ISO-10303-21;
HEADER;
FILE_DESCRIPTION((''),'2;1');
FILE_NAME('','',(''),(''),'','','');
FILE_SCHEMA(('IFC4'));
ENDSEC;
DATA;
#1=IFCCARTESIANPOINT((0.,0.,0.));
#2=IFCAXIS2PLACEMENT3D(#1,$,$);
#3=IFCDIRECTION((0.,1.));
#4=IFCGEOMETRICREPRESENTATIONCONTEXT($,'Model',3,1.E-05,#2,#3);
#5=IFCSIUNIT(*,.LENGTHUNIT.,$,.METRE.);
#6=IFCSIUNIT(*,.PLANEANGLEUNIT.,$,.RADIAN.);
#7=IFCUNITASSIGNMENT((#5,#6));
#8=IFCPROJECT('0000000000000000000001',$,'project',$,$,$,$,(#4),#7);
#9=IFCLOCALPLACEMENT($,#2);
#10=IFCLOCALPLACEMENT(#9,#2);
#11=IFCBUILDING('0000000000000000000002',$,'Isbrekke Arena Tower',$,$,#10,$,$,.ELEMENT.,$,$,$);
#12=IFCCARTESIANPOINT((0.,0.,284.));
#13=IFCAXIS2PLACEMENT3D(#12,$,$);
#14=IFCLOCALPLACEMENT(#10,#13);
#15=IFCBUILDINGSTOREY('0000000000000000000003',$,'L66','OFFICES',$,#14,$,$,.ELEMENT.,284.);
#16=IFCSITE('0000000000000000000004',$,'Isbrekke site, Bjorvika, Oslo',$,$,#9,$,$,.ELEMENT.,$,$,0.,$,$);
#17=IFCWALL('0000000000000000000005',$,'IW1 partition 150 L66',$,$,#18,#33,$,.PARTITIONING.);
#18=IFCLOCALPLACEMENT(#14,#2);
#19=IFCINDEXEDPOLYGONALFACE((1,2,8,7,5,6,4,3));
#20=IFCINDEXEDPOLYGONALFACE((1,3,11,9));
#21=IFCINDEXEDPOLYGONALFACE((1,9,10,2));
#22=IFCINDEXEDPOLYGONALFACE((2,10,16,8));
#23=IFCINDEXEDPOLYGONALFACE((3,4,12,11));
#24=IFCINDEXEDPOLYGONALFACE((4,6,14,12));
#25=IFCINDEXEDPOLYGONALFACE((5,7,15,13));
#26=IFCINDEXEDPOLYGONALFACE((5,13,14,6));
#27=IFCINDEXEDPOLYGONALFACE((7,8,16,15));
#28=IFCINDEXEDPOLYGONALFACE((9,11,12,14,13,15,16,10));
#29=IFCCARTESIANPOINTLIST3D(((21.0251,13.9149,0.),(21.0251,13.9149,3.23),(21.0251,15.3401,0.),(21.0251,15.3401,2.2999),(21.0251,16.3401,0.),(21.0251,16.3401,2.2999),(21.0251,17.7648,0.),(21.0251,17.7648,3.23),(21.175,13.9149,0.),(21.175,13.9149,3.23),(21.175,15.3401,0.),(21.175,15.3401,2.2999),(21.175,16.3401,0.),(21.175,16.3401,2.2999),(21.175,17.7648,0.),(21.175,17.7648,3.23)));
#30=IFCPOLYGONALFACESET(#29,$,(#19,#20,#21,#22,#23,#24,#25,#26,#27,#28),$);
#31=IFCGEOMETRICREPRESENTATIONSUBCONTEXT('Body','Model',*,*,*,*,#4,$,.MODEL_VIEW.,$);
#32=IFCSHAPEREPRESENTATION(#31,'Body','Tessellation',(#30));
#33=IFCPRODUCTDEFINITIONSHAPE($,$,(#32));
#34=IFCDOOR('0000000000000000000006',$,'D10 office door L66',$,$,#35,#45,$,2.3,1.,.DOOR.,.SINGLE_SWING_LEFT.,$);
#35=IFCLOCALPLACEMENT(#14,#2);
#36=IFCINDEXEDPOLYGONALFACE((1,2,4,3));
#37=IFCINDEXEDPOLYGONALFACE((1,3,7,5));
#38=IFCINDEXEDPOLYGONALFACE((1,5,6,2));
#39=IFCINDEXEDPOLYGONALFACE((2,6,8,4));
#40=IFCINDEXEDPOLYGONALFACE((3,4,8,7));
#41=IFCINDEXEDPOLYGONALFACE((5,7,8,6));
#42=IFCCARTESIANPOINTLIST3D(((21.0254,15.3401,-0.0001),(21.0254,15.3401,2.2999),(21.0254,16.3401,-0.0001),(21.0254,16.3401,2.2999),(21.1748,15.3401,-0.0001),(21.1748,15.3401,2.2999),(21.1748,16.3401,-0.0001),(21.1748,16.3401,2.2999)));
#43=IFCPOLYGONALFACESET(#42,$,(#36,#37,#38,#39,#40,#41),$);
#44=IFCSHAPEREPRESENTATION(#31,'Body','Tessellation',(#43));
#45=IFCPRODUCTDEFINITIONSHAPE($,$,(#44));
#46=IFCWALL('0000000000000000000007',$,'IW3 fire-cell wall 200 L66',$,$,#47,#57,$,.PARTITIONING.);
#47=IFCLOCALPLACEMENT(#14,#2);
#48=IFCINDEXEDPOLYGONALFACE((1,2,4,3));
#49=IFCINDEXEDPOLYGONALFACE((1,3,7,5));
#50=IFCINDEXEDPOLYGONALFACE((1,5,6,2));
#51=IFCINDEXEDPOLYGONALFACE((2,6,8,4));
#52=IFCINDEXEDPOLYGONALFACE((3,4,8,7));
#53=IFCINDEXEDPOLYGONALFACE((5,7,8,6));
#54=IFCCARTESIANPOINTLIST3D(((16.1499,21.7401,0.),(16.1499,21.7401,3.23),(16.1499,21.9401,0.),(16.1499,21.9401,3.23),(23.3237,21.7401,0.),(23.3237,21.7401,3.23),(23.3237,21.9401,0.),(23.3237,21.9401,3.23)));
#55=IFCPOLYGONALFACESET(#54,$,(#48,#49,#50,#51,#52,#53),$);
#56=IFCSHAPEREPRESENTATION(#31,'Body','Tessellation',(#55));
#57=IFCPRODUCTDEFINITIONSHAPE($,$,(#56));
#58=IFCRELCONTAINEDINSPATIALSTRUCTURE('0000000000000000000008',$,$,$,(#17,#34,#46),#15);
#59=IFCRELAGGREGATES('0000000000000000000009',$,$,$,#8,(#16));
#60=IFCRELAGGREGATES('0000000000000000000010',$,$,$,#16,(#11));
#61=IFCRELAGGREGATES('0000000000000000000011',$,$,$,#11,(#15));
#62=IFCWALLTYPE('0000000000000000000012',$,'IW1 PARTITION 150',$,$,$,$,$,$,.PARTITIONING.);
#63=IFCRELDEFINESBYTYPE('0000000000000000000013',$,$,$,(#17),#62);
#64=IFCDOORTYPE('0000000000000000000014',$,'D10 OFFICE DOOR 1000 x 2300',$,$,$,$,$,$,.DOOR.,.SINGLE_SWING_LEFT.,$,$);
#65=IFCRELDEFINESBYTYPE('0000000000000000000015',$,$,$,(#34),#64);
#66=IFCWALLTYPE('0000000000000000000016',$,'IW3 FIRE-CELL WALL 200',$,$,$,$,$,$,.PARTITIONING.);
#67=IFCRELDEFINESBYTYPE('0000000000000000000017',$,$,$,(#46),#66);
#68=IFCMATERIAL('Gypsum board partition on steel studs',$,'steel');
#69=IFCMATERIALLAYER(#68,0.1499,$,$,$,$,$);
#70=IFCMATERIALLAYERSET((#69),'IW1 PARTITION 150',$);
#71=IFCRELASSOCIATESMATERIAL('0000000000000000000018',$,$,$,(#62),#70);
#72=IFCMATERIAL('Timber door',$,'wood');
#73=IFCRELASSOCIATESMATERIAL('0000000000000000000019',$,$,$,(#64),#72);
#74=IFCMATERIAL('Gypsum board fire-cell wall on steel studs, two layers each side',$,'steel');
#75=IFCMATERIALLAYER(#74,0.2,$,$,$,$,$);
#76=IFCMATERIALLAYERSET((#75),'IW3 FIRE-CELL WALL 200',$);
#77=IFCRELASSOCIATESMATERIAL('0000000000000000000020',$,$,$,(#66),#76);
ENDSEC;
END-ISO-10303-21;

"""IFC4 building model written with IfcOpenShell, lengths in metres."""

from ifc_helpers import new_model, si_unit, direction, frame, frame_2d, origin, place, context, subcontext, project, spatial, rectangle, extrude, material, layer, layer_set, type_object, element, fill, save


model = new_model("IFC4")

# Units and contexts
model_context = context("Model", 3, precision=1e-05, world=origin(), true_north=direction((0.0, 1.0)))
body_context = subcontext(model_context, "Body", "Model", "MODEL_VIEW")
ifc_project = project(units=[si_unit("LENGTHUNIT", "METRE"), si_unit("PLANEANGLEUNIT", "RADIAN")], contexts=[model_context])

# Site, building, storey
site_placement = place(None, origin())
site = spatial("IfcSite", under=ifc_project, at=site_placement, Name="Isbrekke site, Bjorvika, Oslo", CompositionType="ELEMENT", RefElevation=0.0)
building_placement = place(site_placement, origin())
building = spatial("IfcBuilding", under=site, at=building_placement, Name="Isbrekke Arena Tower", CompositionType="ELEMENT")
storey_placement = place(building_placement, frame((0.0, 0.0, 284.0)))
storey = spatial("IfcBuildingStorey", under=building, at=storey_placement, Name="L66", Description="OFFICES", CompositionType="ELEMENT", Elevation=284.0)

# Shared definitions
ifc_material_1 = material(Name="Gypsum board partition on steel studs", Category="steel")
ifc_layer_1 = layer(ifc_material_1, 0.1499)
ifc_layer_set_1 = layer_set([ifc_layer_1], Name="IW1 PARTITION 150")
wall_type_1 = type_object("IfcWallType", Name="IW1 PARTITION 150", PredefinedType="PARTITIONING", material=ifc_layer_set_1)

# Wall, opening, door
ifc_material_2 = material(Name="Timber door", Category="wood")
door_type = type_object("IfcDoorType", Name="D10 OFFICE DOOR 1000 x 2300", OperationType="SINGLE_SWING_LEFT", PredefinedType="DOOR", material=ifc_material_2)
wall_1_placement = place(storey_placement, frame((21.1001, 13.915, 0.0), z_axis=(0.0, 0.0, 1.0), x_axis=(0.0, 1.0, 0.0)))
wall_1 = element("IfcWall", 1, at=wall_1_placement, inside=storey, type_object=wall_type_1, Name="IW1 partition 150 L66", PredefinedType="PARTITIONING", context=body_context, shape_type="SweptSolid", body=[
    extrude(rectangle(XDim=3.8499, YDim=0.1499, at=frame_2d((1.9248, 0.0))), origin(), (0.0, 0.0, 1.0), 3.23),
])
opening_1_placement = place(wall_1_placement, frame((1.425, 0.0, 0.0)))
opening_1 = element("IfcOpeningElement", 2, at=opening_1_placement, cuts=wall_1, PredefinedType="OPENING", context=body_context, shape_type="SweptSolid", body=[
    extrude(rectangle(XDim=1.0, YDim=2.3, at=frame_2d((0.5, 1.1499))), frame((0.0, 0.0898, 0.0), z_axis=(0.0, -1.0, 0.0), x_axis=(1.0, 0.0, 0.0)), (0.0, 0.0, 1.0), 0.1797),
])
door_1_placement = place(opening_1_placement, origin())
door_1 = element("IfcDoor", 3, at=door_1_placement, inside=storey, type_object=door_type, Name="D10 office door L66", OperationType="SINGLE_SWING_LEFT", OverallHeight=2.3, OverallWidth=1.0, PredefinedType="DOOR", context=body_context, shape_type="SweptSolid", body=[
    extrude(rectangle(XDim=1.0, YDim=2.3, at=frame_2d((0.5, 1.1499))), frame((0.0, 0.0747, 0.0), z_axis=(0.0, -1.0, 0.0), x_axis=(1.0, 0.0, 0.0)), (0.0, 0.0, 1.0), 0.1494),
])
fill(opening_1, door_1)

# Wall
ifc_material_3 = material(Name="Gypsum board fire-cell wall on steel studs, two layers each side", Category="steel")
ifc_layer_2 = layer(ifc_material_3, 0.2)
ifc_layer_set_2 = layer_set([ifc_layer_2], Name="IW3 FIRE-CELL WALL 200")
wall_type_2 = type_object("IfcWallType", Name="IW3 FIRE-CELL WALL 200", PredefinedType="PARTITIONING", material=ifc_layer_set_2)
wall_2_placement = place(storey_placement, frame((16.1499, 21.8401, 0.0), z_axis=(0.0, 0.0, 1.0), x_axis=(1.0, 0.0, 0.0)))
element("IfcWall", 4, at=wall_2_placement, inside=storey, type_object=wall_type_2, Name="IW3 fire-cell wall 200 L66", PredefinedType="PARTITIONING", context=body_context, shape_type="SweptSolid", body=[
    extrude(rectangle(XDim=7.1738, YDim=0.2, at=frame_2d((3.5869, 0.0))), origin(), (0.0, 0.0, 1.0), 3.23),
])

save(model, "model.ifc")
